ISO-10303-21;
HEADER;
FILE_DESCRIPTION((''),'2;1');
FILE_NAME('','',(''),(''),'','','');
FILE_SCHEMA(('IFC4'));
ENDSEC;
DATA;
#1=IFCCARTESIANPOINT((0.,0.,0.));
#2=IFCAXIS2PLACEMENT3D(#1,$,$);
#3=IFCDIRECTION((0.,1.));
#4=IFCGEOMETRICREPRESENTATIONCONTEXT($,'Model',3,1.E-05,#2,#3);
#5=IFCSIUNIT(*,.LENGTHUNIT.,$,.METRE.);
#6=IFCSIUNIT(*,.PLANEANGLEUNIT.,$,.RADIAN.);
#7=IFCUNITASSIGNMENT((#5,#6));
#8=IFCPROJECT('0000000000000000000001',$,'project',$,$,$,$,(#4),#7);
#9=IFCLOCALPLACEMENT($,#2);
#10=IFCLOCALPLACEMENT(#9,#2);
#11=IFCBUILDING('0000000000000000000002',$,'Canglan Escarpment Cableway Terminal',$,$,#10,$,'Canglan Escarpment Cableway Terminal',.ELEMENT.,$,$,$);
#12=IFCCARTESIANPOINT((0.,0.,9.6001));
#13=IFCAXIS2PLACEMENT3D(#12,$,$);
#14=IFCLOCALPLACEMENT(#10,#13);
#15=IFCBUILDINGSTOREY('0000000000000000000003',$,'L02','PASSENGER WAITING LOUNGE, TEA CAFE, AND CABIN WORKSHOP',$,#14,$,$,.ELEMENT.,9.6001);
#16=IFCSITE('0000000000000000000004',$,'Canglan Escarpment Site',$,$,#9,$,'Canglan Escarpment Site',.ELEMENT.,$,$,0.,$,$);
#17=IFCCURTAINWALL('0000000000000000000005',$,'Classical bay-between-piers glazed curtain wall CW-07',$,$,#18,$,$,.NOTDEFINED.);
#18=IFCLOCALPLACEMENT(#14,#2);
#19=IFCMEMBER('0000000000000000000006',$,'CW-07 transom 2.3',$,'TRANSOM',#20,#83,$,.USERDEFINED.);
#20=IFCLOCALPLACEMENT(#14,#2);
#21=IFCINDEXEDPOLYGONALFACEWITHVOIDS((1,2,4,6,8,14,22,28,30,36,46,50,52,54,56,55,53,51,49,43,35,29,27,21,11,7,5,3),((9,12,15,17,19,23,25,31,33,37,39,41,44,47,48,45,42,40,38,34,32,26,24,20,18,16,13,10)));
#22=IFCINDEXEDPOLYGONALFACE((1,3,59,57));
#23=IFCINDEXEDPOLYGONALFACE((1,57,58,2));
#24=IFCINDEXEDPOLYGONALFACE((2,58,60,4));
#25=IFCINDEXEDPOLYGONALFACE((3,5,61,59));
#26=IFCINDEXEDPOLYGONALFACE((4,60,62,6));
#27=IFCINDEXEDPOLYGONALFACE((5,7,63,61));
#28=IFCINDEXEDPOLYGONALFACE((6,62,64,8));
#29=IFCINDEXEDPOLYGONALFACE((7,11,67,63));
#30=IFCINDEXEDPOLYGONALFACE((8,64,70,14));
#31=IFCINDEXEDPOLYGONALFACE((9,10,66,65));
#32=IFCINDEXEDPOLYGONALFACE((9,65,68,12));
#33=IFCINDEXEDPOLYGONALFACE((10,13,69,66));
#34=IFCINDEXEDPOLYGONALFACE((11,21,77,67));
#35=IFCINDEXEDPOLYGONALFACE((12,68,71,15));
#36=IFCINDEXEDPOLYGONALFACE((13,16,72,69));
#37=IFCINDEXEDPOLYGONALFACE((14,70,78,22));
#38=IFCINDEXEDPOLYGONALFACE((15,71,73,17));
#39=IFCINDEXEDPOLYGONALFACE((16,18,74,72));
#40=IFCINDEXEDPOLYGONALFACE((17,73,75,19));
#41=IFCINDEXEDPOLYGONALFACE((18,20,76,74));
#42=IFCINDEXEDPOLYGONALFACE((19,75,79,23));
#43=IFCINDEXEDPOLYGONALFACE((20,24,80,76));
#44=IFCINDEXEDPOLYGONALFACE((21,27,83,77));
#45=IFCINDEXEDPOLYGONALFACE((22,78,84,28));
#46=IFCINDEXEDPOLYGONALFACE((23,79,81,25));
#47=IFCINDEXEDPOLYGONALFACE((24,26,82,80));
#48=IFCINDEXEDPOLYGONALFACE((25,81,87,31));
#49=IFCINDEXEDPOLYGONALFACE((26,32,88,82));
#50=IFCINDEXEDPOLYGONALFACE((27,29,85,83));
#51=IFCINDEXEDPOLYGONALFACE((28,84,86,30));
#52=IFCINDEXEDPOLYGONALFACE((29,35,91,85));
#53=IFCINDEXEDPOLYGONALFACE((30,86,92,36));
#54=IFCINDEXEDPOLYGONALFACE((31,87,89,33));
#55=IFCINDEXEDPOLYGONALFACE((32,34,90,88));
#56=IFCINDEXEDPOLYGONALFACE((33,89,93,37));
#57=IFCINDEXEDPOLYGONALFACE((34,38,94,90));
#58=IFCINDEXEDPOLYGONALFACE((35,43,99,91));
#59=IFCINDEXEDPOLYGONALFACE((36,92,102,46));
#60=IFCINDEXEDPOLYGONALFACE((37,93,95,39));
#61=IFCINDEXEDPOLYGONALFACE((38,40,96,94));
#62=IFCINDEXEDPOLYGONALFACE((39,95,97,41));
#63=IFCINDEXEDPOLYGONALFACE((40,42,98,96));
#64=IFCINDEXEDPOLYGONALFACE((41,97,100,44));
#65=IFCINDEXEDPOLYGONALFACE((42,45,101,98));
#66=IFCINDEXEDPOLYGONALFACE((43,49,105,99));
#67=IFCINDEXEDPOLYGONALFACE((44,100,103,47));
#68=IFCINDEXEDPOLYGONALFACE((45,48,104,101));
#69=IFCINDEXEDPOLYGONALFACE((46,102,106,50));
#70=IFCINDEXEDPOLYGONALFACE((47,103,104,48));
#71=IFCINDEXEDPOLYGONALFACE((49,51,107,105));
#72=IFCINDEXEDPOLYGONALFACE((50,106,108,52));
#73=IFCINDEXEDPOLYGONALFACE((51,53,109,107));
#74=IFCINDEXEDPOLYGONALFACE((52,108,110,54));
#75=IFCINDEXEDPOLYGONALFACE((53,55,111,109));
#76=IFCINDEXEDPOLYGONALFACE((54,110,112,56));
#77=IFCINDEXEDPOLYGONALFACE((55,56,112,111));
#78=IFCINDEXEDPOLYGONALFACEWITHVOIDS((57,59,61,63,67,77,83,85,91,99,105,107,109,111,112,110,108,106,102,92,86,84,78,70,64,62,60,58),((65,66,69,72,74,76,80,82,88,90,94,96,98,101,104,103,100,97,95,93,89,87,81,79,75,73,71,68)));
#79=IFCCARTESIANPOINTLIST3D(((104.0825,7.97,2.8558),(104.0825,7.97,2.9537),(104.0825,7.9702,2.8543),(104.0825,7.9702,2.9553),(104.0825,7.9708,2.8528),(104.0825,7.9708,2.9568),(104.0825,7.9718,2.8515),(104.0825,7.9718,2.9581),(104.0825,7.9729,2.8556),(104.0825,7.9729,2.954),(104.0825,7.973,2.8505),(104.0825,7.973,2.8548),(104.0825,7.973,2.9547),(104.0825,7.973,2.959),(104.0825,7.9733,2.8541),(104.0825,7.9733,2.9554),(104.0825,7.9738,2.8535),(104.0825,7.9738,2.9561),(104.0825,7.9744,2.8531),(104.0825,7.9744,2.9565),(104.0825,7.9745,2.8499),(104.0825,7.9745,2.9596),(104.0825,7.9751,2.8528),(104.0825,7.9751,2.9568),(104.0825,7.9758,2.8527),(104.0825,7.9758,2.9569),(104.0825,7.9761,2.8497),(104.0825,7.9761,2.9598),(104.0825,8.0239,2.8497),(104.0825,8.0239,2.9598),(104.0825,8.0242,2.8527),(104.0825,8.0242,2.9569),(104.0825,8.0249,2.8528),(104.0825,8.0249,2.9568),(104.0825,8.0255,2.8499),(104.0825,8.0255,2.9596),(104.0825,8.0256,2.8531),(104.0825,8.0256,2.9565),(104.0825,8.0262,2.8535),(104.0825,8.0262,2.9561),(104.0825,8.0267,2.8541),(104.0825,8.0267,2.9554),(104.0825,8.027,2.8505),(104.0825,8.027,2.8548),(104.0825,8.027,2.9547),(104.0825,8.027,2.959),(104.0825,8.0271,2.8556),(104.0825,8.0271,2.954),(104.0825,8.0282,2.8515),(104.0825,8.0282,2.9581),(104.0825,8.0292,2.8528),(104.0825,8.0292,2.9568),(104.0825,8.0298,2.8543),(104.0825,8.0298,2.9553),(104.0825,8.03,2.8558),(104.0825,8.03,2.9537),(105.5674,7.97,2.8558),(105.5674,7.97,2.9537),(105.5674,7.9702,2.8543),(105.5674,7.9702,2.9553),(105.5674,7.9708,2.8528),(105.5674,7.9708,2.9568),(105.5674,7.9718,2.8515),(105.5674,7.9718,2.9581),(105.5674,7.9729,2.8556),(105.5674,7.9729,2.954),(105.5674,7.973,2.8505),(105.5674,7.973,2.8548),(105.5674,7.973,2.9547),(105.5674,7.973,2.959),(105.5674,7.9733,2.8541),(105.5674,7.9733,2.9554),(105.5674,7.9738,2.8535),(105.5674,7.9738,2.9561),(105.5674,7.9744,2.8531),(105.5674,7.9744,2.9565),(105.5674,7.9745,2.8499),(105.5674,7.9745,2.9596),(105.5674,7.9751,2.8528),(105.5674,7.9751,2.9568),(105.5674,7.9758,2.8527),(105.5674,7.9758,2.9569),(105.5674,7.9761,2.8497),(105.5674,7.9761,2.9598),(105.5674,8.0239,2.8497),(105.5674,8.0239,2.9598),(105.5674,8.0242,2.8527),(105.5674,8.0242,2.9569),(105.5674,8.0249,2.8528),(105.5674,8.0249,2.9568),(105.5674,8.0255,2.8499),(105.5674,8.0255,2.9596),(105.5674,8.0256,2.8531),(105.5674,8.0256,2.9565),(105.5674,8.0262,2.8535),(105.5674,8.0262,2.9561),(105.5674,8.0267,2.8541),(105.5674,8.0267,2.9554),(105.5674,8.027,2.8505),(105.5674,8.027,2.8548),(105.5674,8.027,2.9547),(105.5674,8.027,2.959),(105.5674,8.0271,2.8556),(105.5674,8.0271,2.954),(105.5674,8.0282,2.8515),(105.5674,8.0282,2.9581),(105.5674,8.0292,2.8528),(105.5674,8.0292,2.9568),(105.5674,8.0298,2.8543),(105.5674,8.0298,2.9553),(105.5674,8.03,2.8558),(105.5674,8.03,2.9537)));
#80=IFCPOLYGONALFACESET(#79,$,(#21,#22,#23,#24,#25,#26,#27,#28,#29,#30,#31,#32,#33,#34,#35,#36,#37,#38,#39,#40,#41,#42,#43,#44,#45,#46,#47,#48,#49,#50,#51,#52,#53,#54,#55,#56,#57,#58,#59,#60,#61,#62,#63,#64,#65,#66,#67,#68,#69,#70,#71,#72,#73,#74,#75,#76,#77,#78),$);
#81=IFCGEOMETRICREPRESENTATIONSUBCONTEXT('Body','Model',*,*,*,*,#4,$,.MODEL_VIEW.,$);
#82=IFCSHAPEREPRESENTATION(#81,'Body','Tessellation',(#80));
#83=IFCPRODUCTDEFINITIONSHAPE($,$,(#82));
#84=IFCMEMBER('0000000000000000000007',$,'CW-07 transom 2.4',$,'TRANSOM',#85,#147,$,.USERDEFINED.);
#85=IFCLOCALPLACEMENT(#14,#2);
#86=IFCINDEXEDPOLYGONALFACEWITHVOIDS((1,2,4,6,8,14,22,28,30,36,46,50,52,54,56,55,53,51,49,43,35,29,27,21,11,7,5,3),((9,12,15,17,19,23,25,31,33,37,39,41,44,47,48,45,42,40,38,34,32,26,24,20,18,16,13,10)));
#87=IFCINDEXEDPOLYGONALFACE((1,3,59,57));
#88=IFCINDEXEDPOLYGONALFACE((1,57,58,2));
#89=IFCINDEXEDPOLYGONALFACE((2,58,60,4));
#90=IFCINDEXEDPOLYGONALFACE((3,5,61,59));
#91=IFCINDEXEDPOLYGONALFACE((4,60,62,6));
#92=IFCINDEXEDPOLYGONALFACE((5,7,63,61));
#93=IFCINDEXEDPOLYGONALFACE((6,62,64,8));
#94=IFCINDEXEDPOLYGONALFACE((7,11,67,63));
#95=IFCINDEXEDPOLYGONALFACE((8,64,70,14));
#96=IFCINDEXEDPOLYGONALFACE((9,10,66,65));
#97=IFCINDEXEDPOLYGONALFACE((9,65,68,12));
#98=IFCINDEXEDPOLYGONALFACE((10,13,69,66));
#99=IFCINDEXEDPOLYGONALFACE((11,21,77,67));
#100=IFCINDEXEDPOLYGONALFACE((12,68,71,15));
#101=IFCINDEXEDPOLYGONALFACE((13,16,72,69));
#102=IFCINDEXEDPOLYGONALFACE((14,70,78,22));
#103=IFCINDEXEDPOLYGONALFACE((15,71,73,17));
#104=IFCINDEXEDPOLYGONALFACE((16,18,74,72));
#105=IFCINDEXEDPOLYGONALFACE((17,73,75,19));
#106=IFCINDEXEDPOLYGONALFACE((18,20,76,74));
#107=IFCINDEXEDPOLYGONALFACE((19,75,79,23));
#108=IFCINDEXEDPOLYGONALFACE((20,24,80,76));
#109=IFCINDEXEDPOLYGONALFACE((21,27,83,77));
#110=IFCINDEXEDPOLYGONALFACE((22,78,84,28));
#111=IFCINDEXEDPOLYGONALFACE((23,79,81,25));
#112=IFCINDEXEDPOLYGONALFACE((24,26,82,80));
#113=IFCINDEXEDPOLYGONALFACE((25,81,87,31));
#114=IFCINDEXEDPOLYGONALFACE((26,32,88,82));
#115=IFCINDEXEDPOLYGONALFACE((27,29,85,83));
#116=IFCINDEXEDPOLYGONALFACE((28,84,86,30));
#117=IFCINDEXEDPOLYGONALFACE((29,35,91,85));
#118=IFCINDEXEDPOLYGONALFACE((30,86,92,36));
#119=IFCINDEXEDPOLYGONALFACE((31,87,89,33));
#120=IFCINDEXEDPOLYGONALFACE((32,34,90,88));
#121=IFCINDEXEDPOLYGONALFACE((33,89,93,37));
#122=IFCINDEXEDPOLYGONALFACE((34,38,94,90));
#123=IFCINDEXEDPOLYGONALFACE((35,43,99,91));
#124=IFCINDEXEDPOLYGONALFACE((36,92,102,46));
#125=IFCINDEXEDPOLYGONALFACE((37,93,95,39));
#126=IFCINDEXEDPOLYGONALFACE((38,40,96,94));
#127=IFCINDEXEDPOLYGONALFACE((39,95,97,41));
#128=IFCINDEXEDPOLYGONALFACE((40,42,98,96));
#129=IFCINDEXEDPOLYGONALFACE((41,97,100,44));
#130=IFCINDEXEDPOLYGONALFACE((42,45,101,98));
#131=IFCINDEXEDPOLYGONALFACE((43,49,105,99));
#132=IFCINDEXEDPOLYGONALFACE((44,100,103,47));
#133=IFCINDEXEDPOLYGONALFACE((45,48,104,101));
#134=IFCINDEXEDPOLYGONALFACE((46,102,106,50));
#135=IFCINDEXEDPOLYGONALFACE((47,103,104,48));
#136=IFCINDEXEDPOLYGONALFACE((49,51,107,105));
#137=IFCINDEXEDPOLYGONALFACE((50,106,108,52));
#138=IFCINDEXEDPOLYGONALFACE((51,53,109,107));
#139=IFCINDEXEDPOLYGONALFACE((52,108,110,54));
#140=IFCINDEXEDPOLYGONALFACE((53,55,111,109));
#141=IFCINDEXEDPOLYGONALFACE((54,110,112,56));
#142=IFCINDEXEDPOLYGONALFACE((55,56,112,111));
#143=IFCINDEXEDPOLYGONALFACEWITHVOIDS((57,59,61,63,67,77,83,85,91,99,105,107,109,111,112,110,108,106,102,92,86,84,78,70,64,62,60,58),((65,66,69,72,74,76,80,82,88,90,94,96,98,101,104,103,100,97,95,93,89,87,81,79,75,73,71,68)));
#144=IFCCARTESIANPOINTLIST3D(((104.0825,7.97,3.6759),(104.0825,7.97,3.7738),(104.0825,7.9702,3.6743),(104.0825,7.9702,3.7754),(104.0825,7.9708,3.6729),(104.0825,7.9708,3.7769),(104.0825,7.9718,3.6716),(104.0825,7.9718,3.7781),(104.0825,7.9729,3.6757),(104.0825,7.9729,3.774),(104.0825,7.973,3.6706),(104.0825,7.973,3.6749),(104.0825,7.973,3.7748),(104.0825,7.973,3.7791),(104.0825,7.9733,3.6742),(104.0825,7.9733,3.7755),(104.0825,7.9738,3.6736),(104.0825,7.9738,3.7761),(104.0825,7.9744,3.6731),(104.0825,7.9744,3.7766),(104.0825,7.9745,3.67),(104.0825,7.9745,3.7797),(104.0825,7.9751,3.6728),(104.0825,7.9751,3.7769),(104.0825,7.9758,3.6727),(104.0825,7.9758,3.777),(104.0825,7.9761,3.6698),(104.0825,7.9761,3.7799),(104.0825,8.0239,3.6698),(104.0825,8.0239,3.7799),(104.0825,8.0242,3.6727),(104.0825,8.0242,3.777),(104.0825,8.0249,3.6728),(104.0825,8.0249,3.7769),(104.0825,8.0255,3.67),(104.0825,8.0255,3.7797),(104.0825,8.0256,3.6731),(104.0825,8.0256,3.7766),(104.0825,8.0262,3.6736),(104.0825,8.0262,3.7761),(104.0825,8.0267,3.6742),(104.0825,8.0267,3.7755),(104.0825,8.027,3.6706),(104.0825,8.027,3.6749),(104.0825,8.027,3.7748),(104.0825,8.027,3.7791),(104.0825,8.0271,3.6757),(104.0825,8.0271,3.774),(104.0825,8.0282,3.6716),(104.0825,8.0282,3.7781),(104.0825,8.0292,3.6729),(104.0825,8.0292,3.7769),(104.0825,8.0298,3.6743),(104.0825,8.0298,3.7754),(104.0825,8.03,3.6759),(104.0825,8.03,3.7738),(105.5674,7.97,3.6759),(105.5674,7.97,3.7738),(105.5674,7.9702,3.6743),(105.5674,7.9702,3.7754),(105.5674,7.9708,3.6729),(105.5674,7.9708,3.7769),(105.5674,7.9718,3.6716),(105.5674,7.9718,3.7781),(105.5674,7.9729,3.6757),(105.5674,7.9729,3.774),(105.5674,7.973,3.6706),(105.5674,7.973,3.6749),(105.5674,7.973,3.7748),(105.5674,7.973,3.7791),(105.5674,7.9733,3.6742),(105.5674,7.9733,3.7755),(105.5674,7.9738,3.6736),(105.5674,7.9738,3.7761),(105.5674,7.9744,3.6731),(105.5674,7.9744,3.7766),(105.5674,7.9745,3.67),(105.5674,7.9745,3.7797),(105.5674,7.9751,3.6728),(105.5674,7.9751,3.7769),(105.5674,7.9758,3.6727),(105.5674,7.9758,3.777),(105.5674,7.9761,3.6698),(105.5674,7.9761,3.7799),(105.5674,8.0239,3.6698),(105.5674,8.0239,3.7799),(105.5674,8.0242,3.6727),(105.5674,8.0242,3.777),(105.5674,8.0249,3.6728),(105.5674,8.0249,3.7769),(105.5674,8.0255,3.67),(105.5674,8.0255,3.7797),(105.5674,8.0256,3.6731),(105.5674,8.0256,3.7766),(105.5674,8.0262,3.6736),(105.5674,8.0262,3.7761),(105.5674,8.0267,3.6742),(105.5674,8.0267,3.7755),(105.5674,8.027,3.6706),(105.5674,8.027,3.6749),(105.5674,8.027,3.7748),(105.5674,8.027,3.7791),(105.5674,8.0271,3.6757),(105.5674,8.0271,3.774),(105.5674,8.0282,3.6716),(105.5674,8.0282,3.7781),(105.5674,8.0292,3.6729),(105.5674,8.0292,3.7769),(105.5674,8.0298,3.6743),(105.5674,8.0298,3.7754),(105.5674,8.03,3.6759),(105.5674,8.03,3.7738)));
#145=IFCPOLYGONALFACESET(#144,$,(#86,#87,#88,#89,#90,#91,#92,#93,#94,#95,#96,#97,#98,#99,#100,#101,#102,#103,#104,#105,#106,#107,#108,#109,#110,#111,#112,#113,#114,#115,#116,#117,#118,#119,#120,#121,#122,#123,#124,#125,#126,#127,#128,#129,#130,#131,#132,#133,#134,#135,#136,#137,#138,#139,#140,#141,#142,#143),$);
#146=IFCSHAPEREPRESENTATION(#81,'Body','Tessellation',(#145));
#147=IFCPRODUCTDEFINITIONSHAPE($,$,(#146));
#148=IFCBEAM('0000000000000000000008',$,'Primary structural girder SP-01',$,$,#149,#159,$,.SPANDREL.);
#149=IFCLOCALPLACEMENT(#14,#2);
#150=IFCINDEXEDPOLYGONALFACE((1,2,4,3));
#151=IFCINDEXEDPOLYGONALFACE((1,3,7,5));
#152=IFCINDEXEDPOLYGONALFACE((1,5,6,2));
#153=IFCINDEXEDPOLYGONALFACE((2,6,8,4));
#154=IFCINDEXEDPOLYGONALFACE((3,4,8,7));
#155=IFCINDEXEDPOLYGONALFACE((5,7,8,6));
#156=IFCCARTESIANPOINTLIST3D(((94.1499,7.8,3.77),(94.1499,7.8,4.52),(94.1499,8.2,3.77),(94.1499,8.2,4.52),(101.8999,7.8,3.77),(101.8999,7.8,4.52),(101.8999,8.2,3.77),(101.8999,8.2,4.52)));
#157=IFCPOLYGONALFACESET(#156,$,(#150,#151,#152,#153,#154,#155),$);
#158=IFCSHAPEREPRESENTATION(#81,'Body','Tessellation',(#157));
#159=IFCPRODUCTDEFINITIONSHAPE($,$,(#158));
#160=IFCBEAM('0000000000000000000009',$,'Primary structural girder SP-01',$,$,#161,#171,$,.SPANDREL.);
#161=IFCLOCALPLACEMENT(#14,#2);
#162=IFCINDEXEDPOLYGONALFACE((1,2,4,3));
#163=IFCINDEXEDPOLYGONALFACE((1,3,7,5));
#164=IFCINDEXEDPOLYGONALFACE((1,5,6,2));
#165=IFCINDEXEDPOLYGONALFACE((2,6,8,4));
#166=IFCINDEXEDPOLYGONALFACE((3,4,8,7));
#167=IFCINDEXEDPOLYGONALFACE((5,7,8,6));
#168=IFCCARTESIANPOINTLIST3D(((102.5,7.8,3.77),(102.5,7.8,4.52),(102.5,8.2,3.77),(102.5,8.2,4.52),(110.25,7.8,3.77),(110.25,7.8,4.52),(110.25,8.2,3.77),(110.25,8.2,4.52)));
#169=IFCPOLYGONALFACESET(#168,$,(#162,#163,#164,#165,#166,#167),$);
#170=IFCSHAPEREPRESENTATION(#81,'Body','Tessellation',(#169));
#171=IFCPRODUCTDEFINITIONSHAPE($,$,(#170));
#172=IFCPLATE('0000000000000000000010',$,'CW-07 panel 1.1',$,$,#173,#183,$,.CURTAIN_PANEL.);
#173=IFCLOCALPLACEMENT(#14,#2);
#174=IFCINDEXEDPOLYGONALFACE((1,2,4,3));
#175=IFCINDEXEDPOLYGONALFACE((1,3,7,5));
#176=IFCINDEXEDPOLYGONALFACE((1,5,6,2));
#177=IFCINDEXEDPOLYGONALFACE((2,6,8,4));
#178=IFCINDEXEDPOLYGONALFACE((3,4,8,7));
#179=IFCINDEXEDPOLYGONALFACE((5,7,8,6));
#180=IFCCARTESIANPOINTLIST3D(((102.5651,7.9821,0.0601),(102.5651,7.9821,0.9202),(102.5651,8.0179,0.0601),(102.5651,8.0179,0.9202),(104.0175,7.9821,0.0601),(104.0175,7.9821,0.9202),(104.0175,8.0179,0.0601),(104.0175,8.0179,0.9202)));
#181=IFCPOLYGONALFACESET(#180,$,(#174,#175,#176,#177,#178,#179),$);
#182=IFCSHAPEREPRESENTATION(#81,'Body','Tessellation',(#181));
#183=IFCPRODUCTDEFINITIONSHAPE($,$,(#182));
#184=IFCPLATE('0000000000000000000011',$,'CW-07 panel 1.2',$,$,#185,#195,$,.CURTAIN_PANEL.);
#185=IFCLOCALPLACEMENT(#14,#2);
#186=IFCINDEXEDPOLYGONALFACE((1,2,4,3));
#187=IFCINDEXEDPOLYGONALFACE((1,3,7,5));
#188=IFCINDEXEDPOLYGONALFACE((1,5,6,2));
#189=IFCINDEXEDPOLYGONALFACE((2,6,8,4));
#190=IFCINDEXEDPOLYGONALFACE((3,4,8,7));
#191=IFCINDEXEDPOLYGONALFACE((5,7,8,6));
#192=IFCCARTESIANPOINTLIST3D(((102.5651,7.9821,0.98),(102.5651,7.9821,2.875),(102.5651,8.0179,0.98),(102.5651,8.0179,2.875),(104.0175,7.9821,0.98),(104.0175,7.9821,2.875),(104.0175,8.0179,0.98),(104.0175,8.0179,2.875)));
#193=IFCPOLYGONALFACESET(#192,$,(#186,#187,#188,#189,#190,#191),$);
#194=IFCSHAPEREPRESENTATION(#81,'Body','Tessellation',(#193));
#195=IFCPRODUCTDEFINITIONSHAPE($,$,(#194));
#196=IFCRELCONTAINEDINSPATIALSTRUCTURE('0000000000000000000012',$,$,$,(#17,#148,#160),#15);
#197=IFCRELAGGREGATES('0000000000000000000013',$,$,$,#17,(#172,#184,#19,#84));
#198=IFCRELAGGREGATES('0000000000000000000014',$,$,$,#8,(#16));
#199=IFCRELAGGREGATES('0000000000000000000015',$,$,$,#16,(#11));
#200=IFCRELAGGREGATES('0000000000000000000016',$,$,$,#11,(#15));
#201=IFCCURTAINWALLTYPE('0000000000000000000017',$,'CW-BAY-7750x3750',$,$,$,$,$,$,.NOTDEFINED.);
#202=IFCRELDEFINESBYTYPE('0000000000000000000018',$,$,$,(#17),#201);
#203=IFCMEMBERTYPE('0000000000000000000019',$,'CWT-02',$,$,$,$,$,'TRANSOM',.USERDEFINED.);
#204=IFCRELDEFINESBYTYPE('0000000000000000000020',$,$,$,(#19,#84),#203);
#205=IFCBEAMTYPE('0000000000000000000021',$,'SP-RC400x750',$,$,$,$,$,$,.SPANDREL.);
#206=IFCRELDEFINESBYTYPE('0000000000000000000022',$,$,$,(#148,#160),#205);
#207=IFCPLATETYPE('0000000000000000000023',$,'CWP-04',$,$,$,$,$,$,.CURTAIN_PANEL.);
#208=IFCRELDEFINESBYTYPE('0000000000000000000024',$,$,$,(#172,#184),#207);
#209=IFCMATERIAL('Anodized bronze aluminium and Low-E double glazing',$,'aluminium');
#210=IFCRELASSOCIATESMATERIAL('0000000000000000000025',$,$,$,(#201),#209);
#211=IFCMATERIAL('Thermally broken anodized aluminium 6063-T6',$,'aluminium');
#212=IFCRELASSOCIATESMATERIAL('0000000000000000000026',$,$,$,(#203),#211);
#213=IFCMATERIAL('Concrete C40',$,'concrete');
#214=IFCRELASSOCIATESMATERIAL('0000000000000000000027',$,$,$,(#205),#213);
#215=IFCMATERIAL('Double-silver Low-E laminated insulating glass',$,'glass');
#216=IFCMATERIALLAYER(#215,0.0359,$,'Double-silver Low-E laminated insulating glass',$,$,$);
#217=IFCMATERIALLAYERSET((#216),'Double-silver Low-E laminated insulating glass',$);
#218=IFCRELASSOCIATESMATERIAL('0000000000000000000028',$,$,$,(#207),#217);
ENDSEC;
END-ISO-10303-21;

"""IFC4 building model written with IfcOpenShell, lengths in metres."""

from ifc_helpers import new_model, si_unit, direction, frame, origin, origin_2d, place, context, subcontext, project, spatial, rectangle, hollow_rectangle, extrude, material, layer, layer_set, material_profile, profile_set, type_object, element, aggregate, save


model = new_model("IFC4")

# Units and contexts
model_context = context("Model", 3, precision=1e-05, world=origin(), true_north=direction((0.0, 1.0)))
body_context = subcontext(model_context, "Body", "Model", "MODEL_VIEW")
ifc_project = project(units=[si_unit("LENGTHUNIT", "METRE"), si_unit("PLANEANGLEUNIT", "RADIAN")], contexts=[model_context])

# Site, building, storey
site_placement = place(None, origin())
site = spatial("IfcSite", under=ifc_project, at=site_placement, Name="Canglan Escarpment Site", LongName="Canglan Escarpment Site", CompositionType="ELEMENT", RefElevation=0.0)
building_placement = place(site_placement, origin())
building = spatial("IfcBuilding", under=site, at=building_placement, Name="Canglan Escarpment Cableway Terminal", LongName="Canglan Escarpment Cableway Terminal", CompositionType="ELEMENT")
storey_placement = place(building_placement, frame((0.0, 0.0, 9.6001)))
storey = spatial("IfcBuildingStorey", under=building, at=storey_placement, Name="L02", Description="PASSENGER WAITING LOUNGE, TEA CAFE, AND CABIN WORKSHOP", CompositionType="ELEMENT", Elevation=9.6001)

# Shared definitions
ifc_material_1 = material(Name="Concrete C40", Category="concrete")

# Curtain wall, members
ifc_material_2 = material(Name="Anodized bronze aluminium and Low-E double glazing", Category="aluminium")
curtain_wall_type = type_object("IfcCurtainWallType", Name="CW-BAY-7750x3750", PredefinedType="NOTDEFINED", material=ifc_material_2)
curtain_wall_placement = place(storey_placement, origin())
curtain_wall = element("IfcCurtainWall", 1, at=curtain_wall_placement, inside=storey, type_object=curtain_wall_type, Name="Classical bay-between-piers glazed curtain wall CW-07", PredefinedType="NOTDEFINED")
ifc_material_3 = material(Name="Thermally broken anodized aluminium 6063-T6", Category="aluminium")
ifc_material_profile_1 = material_profile(ifc_material_3, hollow_rectangle(XDim=0.0601, YDim=0.1101, WallThickness=0.0029, InnerFilletRadius=0.0029, OuterFilletRadius=0.0061, at=origin_2d()), Name="ALU-TRAN 60x110x3")
ifc_profile_set_1 = profile_set([ifc_material_profile_1], Name="Thermally broken anodized aluminium 6063-T6")
member_type_1 = type_object("IfcMemberType", Name="CWT-02", ElementType="TRANSOM", PredefinedType="USERDEFINED", material=ifc_profile_set_1)
member_1_placement = place(storey_placement, frame((104.0825, 8.0, 2.9048), z_axis=(1.0, 0.0, 0.0), x_axis=(0.0, 1.0, 0.0)))
member_1 = element("IfcMember", 2, at=member_1_placement, type_object=member_type_1, Name="CW-07 transom 2.3", ObjectType="TRANSOM", PredefinedType="USERDEFINED", context=body_context, shape_type="SweptSolid", body=[
    extrude(hollow_rectangle(XDim=0.0601, YDim=0.1101, WallThickness=0.0029, InnerFilletRadius=0.0029, OuterFilletRadius=0.0061, at=origin_2d()), origin(), (0.0, 0.0, 1.0), 1.4849),
])
member_2_placement = place(storey_placement, frame((104.0825, 8.0, 3.7249), z_axis=(1.0, 0.0, 0.0), x_axis=(0.0, 1.0, 0.0)))
member_2 = element("IfcMember", 3, at=member_2_placement, type_object=member_type_1, Name="CW-07 transom 2.4", ObjectType="TRANSOM", PredefinedType="USERDEFINED", context=body_context, shape_type="SweptSolid", body=[
    extrude(hollow_rectangle(XDim=0.0601, YDim=0.1101, WallThickness=0.0029, InnerFilletRadius=0.0029, OuterFilletRadius=0.0061, at=origin_2d()), origin(), (0.0, 0.0, 1.0), 1.4849),
])

# Beams
ifc_material_profile_2 = material_profile(ifc_material_1, rectangle(XDim=0.3999, YDim=0.75, at=origin_2d()), Name="RC 400x750")
ifc_profile_set_2 = profile_set([ifc_material_profile_2], Name="Concrete C40")
beam_type = type_object("IfcBeamType", Name="SP-RC400x750", PredefinedType="SPANDREL", material=ifc_profile_set_2)
for number, where, z_axis, x_axis, name in (
    (4, (94.1499, 8.0, 4.145), (1.0, 0.0, 0.0), (0.0, 1.0, 0.0), "Primary structural girder SP-01"),
    (5, (102.5, 8.0, 4.145), (1.0, 0.0, 0.0), (0.0, 1.0, 0.0), "Primary structural girder SP-01"),
):
    element("IfcBeam", number, at=place(storey_placement, frame(where, z_axis=z_axis, x_axis=x_axis)), inside=storey, type_object=beam_type, Name=name, PredefinedType="SPANDREL", context=body_context, shape_type="SweptSolid", body=[
        extrude(rectangle(XDim=0.3999, YDim=0.75, at=origin_2d()), origin(), (0.0, 0.0, 1.0), 7.75),
    ])

# Plates
ifc_material_4 = material(Name="Double-silver Low-E laminated insulating glass", Category="glass")
ifc_layer_1 = layer(ifc_material_4, 0.0359, Name="Double-silver Low-E laminated insulating glass")
ifc_layer_set_1 = layer_set([ifc_layer_1], Name="Double-silver Low-E laminated insulating glass")
plate_type = type_object("IfcPlateType", Name="CWP-04", PredefinedType="CURTAIN_PANEL", material=ifc_layer_set_1)
plate_1_placement = place(storey_placement, frame((103.2913, 8.0, 0.0601), z_axis=(0.0, 0.0, 1.0), x_axis=(1.0, 0.0, 0.0)))
plate_1 = element("IfcPlate", 6, at=plate_1_placement, type_object=plate_type, Name="CW-07 panel 1.1", PredefinedType="CURTAIN_PANEL", context=body_context, shape_type="SweptSolid", body=[
    extrude(rectangle(XDim=1.4524, YDim=0.0359, at=origin_2d()), origin(), (0.0, 0.0, 1.0), 0.8601),
])
plate_2_placement = place(storey_placement, frame((103.2913, 8.0, 0.98), z_axis=(0.0, 0.0, 1.0), x_axis=(1.0, 0.0, 0.0)))
plate_2 = element("IfcPlate", 7, at=plate_2_placement, type_object=plate_type, Name="CW-07 panel 1.2", PredefinedType="CURTAIN_PANEL", context=body_context, shape_type="SweptSolid", body=[
    extrude(rectangle(XDim=1.4524, YDim=0.0359, at=origin_2d()), origin(), (0.0, 0.0, 1.0), 1.895),
])
aggregate(curtain_wall, [plate_1, plate_2, member_1, member_2])

save(model, "model.ifc")
